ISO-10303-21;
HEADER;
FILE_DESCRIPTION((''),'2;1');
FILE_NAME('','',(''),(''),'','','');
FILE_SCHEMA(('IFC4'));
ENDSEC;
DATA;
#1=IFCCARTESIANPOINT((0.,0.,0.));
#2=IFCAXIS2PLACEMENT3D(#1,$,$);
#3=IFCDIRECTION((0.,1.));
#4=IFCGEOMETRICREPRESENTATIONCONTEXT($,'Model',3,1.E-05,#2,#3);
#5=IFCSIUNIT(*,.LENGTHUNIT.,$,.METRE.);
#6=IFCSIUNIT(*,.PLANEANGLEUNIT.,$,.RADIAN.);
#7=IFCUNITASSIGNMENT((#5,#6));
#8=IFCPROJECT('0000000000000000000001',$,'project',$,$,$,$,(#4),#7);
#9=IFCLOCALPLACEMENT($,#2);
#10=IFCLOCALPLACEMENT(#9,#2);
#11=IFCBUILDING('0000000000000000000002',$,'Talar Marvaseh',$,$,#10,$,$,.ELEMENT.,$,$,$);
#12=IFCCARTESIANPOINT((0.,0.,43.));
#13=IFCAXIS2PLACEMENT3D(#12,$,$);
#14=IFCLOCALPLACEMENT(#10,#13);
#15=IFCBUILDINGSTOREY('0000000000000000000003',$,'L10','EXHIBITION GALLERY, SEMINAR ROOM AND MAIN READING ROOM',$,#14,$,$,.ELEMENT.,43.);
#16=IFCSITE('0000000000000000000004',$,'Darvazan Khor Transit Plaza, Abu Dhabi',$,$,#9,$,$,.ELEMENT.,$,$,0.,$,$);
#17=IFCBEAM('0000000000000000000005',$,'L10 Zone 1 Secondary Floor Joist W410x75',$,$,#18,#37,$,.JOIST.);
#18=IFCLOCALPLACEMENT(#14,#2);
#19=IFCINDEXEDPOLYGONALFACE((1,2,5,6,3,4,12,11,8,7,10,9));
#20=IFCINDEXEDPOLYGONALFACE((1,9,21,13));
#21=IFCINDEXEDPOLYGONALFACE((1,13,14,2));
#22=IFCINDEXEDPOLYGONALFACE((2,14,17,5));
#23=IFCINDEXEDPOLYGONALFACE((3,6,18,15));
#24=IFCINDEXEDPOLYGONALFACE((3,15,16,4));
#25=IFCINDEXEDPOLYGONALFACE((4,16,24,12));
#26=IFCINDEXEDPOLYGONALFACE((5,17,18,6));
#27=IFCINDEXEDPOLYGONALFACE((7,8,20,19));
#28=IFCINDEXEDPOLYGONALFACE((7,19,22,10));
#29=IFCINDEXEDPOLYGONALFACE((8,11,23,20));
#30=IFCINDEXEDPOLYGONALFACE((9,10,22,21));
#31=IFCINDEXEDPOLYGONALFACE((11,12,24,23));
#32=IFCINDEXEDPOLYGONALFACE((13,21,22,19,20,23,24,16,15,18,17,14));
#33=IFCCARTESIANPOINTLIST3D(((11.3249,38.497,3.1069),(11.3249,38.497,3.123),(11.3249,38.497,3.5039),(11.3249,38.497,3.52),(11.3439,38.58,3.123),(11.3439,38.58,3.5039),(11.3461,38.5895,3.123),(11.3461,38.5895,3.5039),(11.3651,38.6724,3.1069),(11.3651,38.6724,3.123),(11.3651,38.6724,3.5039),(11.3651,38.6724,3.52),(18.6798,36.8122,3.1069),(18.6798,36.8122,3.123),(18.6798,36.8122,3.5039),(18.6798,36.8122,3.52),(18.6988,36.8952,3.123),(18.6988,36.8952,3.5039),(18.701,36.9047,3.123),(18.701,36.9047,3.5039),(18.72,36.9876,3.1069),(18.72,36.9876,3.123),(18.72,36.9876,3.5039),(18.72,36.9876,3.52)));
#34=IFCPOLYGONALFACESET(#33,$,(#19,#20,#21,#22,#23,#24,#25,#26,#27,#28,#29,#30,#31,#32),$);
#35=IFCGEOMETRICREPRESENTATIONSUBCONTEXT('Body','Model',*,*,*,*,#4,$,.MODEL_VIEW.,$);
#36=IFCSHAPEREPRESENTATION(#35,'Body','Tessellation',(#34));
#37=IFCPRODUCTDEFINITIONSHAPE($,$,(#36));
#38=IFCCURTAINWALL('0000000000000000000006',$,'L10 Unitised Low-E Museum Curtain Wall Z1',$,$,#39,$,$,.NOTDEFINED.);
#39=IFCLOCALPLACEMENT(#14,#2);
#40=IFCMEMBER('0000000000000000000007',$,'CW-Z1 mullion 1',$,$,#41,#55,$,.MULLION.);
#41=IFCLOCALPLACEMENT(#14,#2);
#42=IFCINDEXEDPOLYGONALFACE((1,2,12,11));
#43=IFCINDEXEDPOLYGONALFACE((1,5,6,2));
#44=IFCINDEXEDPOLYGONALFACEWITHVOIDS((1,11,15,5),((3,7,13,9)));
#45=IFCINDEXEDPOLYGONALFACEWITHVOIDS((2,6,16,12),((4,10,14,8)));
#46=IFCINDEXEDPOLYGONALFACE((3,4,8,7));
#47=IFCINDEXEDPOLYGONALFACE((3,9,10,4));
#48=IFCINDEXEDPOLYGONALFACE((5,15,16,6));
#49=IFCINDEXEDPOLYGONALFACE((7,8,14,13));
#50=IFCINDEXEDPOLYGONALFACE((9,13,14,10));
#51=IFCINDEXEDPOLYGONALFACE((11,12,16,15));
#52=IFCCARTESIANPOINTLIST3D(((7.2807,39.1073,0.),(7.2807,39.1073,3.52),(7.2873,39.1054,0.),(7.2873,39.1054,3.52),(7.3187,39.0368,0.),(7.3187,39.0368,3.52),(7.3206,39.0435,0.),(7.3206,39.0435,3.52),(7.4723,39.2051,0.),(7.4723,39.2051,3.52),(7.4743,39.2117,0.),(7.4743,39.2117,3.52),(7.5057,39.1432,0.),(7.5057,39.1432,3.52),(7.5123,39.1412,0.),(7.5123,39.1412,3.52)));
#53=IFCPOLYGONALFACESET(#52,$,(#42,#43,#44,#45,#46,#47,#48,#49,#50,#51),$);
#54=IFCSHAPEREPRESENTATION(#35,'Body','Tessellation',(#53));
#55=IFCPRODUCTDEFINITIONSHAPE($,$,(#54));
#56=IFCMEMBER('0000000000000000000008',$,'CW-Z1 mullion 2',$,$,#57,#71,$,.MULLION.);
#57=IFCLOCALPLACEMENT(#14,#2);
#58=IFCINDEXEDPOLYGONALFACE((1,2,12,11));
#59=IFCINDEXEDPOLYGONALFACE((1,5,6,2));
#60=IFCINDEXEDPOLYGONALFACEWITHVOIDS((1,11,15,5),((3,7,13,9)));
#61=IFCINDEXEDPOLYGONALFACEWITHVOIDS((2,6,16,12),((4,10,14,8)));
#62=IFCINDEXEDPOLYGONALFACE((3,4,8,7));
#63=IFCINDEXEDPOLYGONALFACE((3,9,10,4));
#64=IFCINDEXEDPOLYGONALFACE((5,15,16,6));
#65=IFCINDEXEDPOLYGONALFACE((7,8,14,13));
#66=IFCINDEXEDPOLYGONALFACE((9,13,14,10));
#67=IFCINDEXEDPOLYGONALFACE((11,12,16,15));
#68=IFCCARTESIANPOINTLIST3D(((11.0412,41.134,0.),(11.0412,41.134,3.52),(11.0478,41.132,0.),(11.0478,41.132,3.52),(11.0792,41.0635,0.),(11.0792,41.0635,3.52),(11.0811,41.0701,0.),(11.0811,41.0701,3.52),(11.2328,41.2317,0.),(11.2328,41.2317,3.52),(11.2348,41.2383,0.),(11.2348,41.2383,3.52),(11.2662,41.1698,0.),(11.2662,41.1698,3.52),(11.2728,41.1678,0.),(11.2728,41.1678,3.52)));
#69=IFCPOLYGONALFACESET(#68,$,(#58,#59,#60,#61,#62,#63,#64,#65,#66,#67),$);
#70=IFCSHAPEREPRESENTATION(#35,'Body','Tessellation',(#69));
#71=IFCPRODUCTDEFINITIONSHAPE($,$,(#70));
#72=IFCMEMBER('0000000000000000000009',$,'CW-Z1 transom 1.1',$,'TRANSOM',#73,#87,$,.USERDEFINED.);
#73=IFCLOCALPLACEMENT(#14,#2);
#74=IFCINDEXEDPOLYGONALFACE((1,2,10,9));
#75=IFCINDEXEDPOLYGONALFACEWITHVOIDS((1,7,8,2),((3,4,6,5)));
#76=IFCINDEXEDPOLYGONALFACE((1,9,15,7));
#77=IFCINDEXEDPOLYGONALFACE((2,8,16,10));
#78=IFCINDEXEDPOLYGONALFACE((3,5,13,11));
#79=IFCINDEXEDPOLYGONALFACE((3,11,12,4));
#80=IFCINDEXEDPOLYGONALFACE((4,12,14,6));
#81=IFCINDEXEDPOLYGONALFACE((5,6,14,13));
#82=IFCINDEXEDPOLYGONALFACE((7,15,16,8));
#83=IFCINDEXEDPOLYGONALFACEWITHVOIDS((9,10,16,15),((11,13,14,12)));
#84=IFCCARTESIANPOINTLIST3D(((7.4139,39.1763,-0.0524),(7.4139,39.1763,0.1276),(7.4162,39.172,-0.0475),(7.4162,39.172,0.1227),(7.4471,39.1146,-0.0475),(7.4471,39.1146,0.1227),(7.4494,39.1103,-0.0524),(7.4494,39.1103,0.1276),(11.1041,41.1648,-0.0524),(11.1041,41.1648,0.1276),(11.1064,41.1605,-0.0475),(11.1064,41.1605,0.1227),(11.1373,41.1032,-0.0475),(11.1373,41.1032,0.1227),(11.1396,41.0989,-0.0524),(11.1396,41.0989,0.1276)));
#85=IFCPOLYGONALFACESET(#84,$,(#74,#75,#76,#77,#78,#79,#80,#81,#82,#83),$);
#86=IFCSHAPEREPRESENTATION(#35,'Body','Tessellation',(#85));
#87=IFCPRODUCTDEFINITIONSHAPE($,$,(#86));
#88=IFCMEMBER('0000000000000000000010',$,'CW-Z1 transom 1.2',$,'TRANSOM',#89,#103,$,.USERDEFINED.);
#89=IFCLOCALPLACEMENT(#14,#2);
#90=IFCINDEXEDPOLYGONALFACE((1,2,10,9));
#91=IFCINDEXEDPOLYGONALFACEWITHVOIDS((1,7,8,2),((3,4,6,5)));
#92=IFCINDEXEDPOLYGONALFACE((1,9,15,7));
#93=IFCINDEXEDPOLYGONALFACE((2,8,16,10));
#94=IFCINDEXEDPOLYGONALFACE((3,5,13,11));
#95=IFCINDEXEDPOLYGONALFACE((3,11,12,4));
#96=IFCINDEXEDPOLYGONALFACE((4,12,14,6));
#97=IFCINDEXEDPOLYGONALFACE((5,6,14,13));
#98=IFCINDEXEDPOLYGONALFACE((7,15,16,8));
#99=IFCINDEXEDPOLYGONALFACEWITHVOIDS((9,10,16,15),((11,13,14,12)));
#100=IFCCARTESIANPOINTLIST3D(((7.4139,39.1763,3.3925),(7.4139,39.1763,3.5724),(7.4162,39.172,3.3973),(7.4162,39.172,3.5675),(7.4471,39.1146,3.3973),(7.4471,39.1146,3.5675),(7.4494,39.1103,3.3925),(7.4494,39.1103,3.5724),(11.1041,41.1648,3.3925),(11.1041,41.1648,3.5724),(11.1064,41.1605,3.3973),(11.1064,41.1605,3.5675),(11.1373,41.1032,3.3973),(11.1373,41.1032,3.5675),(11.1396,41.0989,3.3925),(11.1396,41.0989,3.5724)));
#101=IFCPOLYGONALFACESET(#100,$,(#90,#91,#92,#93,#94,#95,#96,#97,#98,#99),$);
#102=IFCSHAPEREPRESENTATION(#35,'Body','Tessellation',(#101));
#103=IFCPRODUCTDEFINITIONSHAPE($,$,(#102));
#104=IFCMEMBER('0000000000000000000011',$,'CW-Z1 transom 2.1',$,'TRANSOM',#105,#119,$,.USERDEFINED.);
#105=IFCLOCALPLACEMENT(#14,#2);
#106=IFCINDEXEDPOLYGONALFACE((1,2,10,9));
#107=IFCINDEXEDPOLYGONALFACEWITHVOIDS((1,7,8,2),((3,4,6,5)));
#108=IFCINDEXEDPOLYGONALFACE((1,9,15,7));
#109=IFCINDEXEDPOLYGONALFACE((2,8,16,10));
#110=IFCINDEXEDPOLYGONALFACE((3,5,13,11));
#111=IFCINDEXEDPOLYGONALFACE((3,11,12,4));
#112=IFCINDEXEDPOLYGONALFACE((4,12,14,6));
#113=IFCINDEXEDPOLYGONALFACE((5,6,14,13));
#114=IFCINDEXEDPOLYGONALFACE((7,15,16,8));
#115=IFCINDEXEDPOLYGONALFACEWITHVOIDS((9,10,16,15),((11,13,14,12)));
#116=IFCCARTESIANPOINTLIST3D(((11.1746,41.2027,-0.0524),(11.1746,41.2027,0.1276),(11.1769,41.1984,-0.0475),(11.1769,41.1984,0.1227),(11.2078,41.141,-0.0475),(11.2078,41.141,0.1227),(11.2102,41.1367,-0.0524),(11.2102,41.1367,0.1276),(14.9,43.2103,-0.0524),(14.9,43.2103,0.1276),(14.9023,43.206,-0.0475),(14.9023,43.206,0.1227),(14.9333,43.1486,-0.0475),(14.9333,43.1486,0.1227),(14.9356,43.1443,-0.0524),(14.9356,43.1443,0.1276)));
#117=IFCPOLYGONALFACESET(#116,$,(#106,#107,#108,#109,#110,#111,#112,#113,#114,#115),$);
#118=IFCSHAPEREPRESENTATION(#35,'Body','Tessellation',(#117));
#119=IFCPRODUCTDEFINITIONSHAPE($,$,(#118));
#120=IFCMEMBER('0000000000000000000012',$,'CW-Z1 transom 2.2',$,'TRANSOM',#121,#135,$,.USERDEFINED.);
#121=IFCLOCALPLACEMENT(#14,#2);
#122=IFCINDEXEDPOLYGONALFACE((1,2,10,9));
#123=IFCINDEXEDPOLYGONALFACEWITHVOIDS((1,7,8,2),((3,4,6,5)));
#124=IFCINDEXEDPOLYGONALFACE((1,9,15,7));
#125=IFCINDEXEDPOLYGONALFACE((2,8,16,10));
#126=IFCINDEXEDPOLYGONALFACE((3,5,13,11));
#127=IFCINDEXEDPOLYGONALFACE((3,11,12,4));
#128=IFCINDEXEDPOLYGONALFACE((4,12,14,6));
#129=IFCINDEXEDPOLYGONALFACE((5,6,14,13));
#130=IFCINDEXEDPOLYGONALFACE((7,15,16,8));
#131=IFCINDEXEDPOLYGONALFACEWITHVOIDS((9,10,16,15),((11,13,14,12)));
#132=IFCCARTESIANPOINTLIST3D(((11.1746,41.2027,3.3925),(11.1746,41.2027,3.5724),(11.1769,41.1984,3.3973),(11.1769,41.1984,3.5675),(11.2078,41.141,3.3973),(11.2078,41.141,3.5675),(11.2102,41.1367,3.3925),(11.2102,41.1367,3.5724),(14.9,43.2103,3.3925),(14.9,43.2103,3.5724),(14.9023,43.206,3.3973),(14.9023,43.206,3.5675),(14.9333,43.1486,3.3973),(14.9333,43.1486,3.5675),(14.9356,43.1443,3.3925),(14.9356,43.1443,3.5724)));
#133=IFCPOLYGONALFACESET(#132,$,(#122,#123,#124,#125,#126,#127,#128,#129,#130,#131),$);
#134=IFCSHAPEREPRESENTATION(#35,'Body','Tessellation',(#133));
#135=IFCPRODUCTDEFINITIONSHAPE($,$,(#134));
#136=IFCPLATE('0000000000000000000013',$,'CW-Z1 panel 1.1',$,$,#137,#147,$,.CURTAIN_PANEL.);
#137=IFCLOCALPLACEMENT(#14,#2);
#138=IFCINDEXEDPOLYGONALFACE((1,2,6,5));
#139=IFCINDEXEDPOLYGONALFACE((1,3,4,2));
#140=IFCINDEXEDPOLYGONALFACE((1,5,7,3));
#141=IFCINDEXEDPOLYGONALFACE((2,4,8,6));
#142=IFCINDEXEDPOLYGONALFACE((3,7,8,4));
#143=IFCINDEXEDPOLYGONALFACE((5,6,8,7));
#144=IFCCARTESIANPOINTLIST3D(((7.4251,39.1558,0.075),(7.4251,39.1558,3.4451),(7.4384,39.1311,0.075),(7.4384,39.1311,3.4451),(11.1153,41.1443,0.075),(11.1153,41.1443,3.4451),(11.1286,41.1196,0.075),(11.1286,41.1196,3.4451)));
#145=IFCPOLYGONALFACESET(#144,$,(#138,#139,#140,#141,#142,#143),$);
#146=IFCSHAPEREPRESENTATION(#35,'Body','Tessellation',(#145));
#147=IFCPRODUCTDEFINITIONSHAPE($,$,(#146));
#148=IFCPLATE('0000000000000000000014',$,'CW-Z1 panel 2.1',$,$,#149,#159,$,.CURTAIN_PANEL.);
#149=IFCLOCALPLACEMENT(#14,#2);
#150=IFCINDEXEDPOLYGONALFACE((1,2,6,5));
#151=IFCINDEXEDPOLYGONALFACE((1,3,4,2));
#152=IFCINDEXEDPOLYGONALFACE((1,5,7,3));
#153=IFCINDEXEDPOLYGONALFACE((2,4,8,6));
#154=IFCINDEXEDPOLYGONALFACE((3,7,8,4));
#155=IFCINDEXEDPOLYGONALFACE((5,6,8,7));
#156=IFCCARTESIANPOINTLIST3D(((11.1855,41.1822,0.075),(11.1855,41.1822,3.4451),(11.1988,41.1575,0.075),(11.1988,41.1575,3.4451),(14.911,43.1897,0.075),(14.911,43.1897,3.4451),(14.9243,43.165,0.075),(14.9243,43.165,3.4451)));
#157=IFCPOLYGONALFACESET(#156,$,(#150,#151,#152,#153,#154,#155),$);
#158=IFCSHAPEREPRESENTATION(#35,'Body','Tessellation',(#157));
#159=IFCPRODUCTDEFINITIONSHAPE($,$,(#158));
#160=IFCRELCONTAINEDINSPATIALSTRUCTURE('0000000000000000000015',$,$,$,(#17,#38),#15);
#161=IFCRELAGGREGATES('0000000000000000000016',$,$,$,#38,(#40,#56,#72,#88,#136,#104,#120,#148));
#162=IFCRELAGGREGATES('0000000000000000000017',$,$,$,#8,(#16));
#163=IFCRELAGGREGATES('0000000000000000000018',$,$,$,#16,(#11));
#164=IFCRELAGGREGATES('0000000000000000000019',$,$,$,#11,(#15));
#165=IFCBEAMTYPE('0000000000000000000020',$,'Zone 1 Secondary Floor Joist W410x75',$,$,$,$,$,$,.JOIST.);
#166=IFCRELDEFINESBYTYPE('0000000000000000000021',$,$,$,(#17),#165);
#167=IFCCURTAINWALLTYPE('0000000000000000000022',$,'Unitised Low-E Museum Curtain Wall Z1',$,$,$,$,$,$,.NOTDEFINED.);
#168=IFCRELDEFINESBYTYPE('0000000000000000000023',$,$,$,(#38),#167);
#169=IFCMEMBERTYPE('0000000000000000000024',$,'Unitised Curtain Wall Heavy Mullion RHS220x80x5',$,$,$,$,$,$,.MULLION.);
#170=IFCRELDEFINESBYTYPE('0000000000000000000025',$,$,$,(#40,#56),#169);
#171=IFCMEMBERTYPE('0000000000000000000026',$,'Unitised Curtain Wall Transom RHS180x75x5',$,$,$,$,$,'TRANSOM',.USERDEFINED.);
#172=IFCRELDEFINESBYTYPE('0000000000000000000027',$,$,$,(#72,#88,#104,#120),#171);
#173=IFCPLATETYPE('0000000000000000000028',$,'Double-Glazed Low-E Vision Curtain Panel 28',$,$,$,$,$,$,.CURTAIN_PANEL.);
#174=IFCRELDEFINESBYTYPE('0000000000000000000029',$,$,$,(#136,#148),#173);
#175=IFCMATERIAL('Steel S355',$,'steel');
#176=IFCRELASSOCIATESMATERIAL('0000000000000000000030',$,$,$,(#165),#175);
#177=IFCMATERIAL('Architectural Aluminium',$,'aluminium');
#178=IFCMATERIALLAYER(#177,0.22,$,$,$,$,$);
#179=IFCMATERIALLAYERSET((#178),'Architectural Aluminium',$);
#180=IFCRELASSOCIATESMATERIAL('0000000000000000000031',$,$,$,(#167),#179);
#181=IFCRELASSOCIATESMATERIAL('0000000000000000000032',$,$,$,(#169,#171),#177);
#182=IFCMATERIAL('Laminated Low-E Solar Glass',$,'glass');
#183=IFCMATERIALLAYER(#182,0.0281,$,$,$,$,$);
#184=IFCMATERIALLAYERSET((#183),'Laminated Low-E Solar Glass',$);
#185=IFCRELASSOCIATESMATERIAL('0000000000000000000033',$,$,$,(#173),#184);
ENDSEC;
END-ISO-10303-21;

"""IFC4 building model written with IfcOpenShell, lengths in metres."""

from ifc_helpers import new_model, si_unit, direction, frame, origin, origin_2d, place, context, subcontext, project, spatial, rectangle, hollow_rectangle, i_section, extrude, source, transform, mapped, material, layer, layer_set, material_profile, profile_set, type_object, type_shapes, element, aggregate, save


model = new_model("IFC4")

# Units and contexts
model_context = context("Model", 3, precision=1e-05, world=origin(), true_north=direction((0.0, 1.0)))
body_context = subcontext(model_context, "Body", "Model", "MODEL_VIEW")
ifc_project = project(units=[si_unit("LENGTHUNIT", "METRE"), si_unit("PLANEANGLEUNIT", "RADIAN")], contexts=[model_context])

# Site, building, storey
site_placement = place(None, origin())
site = spatial("IfcSite", under=ifc_project, at=site_placement, Name="Darvazan Khor Transit Plaza, Abu Dhabi", CompositionType="ELEMENT", RefElevation=0.0)
building_placement = place(site_placement, origin())
building = spatial("IfcBuilding", under=site, at=building_placement, Name="Talar Marvaseh", CompositionType="ELEMENT")
storey_placement = place(building_placement, frame((0.0, 0.0, 43.0)))
storey = spatial("IfcBuildingStorey", under=building, at=storey_placement, Name="L10", Description="EXHIBITION GALLERY, SEMINAR ROOM AND MAIN READING ROOM", CompositionType="ELEMENT", Elevation=43.0)

# Beam
ifc_material_1 = material(Name="Steel S355", Category="steel")
ifc_material_profile_1 = material_profile(ifc_material_1, i_section(OverallWidth=0.1799, OverallDepth=0.4131, WebThickness=0.0098, FlangeThickness=0.0161, at=origin_2d()), Name="W410x75")
ifc_profile_set_1 = profile_set([ifc_material_profile_1], Name="Steel S355")
beam_type = type_object("IfcBeamType", Name="Zone 1 Secondary Floor Joist W410x75", PredefinedType="JOIST", material=ifc_profile_set_1)
beam_placement = place(storey_placement, frame((11.345, 38.5847, 3.3135), z_axis=(0.974753, -0.223288, 0.0), x_axis=(0.223288, 0.974753, 0.0)))
element("IfcBeam", 1, at=beam_placement, inside=storey, type_object=beam_type, Name="L10 Zone 1 Secondary Floor Joist W410x75", PredefinedType="JOIST", context=body_context, shape_type="SweptSolid", body=[
    extrude(i_section(OverallWidth=0.1799, OverallDepth=0.4131, WebThickness=0.0098, FlangeThickness=0.0161, at=origin_2d()), origin(), (0.0, 0.0, 1.0), 7.5454),
])

# Curtain wall, members, plates
ifc_material_2 = material(Name="Architectural Aluminium", Category="aluminium")
ifc_layer_1 = layer(ifc_material_2, 0.22)
ifc_layer_set_1 = layer_set([ifc_layer_1], Name="Architectural Aluminium")
curtain_wall_type = type_object("IfcCurtainWallType", Name="Unitised Low-E Museum Curtain Wall Z1", PredefinedType="NOTDEFINED", material=ifc_layer_set_1)
curtain_wall_placement = place(storey_placement, origin())
curtain_wall = element("IfcCurtainWall", 2, at=curtain_wall_placement, inside=storey, type_object=curtain_wall_type, Name="L10 Unitised Low-E Museum Curtain Wall Z1", PredefinedType="NOTDEFINED")
ifc_material_profile_2 = material_profile(ifc_material_2, hollow_rectangle(XDim=0.0801, YDim=0.22, WallThickness=0.0049, at=origin_2d()), Name="RHS220x80x5")
ifc_profile_set_2 = profile_set([ifc_material_profile_2], Name="Architectural Aluminium")
member_type_1 = type_object("IfcMemberType", Name="Unitised Curtain Wall Heavy Mullion RHS220x80x5", PredefinedType="MULLION", material=ifc_profile_set_2)
shared_shape_1 = source(origin(), body_context, "Body", "SweptSolid", [
    extrude(hollow_rectangle(XDim=0.0801, YDim=0.22, WallThickness=0.0049, at=origin_2d()), origin(), (0.0, 0.0, 1.0), 3.52),
])
type_shapes(member_type_1, [shared_shape_1])
member_1_placement = place(storey_placement, frame((7.3965, 39.1243, 0.0), z_axis=(0.0, 0.0, 1.0), x_axis=(-0.474364, 0.880329, 0.0)))
member_1 = element("IfcMember", 3, at=member_1_placement, type_object=member_type_1, Name="CW-Z1 mullion 1", PredefinedType="MULLION", context=body_context, shape_type="MappedRepresentation", body=[
    mapped(shared_shape_1, transform((0.0, 0.0, 0.0), x_axis=(1.0, 0.0, 0.0), y_axis=(0.0, 1.0, 0.0), z_axis=(0.0, 0.0, 1.0), scale=1.0)),
])
member_2_placement = place(storey_placement, frame((11.157, 41.1509, 0.0), z_axis=(0.0, 0.0, 1.0), x_axis=(-0.474364, 0.880329, 0.0)))
member_2 = element("IfcMember", 4, at=member_2_placement, type_object=member_type_1, Name="CW-Z1 mullion 2", PredefinedType="MULLION", context=body_context, shape_type="MappedRepresentation", body=[
    mapped(shared_shape_1, transform((0.0, 0.0, 0.0), x_axis=(1.0, 0.0, 0.0), y_axis=(0.0, 1.0, 0.0), z_axis=(0.0, 0.0, 1.0), scale=1.0)),
])
ifc_material_profile_3 = material_profile(ifc_material_2, hollow_rectangle(XDim=0.075, YDim=0.1799, WallThickness=0.0049, at=origin_2d()), Name="RHS180x75x5")
ifc_profile_set_3 = profile_set([ifc_material_profile_3], Name="Architectural Aluminium")
member_type_2 = type_object("IfcMemberType", Name="Unitised Curtain Wall Transom RHS180x75x5", ElementType="TRANSOM", PredefinedType="USERDEFINED", material=ifc_profile_set_3)
shared_shape_2 = source(origin(), body_context, "Body", "SweptSolid", [
    extrude(hollow_rectangle(XDim=0.075, YDim=0.1799, WallThickness=0.0049, at=origin_2d()), origin(), (0.0, 0.0, 1.0), 4.1919),
])
member_3_placement = place(storey_placement, frame((7.4316, 39.1433, 0.0376), z_axis=(0.880321, 0.474378, 0.0), x_axis=(-0.474378, 0.880321, 0.0)))
member_3 = element("IfcMember", 5, at=member_3_placement, type_object=member_type_2, Name="CW-Z1 transom 1.1", ObjectType="TRANSOM", PredefinedType="USERDEFINED", context=body_context, shape_type="MappedRepresentation", body=[
    mapped(shared_shape_2, transform((0.0, 0.0, 0.0), x_axis=(1.0, 0.0, 0.0), y_axis=(0.0, 1.0, 0.0), z_axis=(0.0, 0.0, 1.0), scale=1.0)),
])
member_4_placement = place(storey_placement, frame((7.4316, 39.1433, 3.4824), z_axis=(0.880321, 0.474378, 0.0), x_axis=(-0.474378, 0.880321, 0.0)))
member_4 = element("IfcMember", 6, at=member_4_placement, type_object=member_type_2, Name="CW-Z1 transom 1.2", ObjectType="TRANSOM", PredefinedType="USERDEFINED", context=body_context, shape_type="MappedRepresentation", body=[
    mapped(shared_shape_2, transform((0.0, 0.0, 0.0), x_axis=(1.0, 0.0, 0.0), y_axis=(0.0, 1.0, 0.0), z_axis=(0.0, 0.0, 1.0), scale=1.0)),
])
shared_shape_3 = source(origin(), body_context, "Body", "SweptSolid", [
    extrude(hollow_rectangle(XDim=0.075, YDim=0.1799, WallThickness=0.0049, at=origin_2d()), origin(), (0.0, 0.0, 1.0), 4.2319),
])
type_shapes(member_type_2, [shared_shape_2, shared_shape_3])
member_5_placement = place(storey_placement, frame((11.1924, 41.1697, 0.0376), z_axis=(0.880312, 0.474396, 0.0), x_axis=(-0.474396, 0.880312, 0.0)))
member_5 = element("IfcMember", 7, at=member_5_placement, type_object=member_type_2, Name="CW-Z1 transom 2.1", ObjectType="TRANSOM", PredefinedType="USERDEFINED", context=body_context, shape_type="MappedRepresentation", body=[
    mapped(shared_shape_3, transform((0.0, 0.0, 0.0), x_axis=(1.0, 0.0, 0.0), y_axis=(0.0, 1.0, 0.0), z_axis=(0.0, 0.0, 1.0), scale=1.0)),
])
member_6_placement = place(storey_placement, frame((11.1924, 41.1697, 3.4824), z_axis=(0.880312, 0.474396, 0.0), x_axis=(-0.474396, 0.880312, 0.0)))
member_6 = element("IfcMember", 8, at=member_6_placement, type_object=member_type_2, Name="CW-Z1 transom 2.2", ObjectType="TRANSOM", PredefinedType="USERDEFINED", context=body_context, shape_type="MappedRepresentation", body=[
    mapped(shared_shape_3, transform((0.0, 0.0, 0.0), x_axis=(1.0, 0.0, 0.0), y_axis=(0.0, 1.0, 0.0), z_axis=(0.0, 0.0, 1.0), scale=1.0)),
])
ifc_material_3 = material(Name="Laminated Low-E Solar Glass", Category="glass")
ifc_layer_2 = layer(ifc_material_3, 0.0281)
ifc_layer_set_2 = layer_set([ifc_layer_2], Name="Laminated Low-E Solar Glass")
plate_type = type_object("IfcPlateType", Name="Double-Glazed Low-E Vision Curtain Panel 28", PredefinedType="CURTAIN_PANEL", material=ifc_layer_set_2)
shared_shape_4 = source(origin(), body_context, "Body", "SweptSolid", [
    extrude(rectangle(XDim=4.1919, YDim=0.0281, at=origin_2d()), origin(), (0.0, 0.0, 1.0), 3.3701),
])
plate_1_placement = place(storey_placement, frame((9.2769, 40.1377, 0.075), z_axis=(0.0, 0.0, 1.0), x_axis=(0.880329, 0.474364, 0.0)))
plate_1 = element("IfcPlate", 9, at=plate_1_placement, type_object=plate_type, Name="CW-Z1 panel 1.1", PredefinedType="CURTAIN_PANEL", context=body_context, shape_type="MappedRepresentation", body=[
    mapped(shared_shape_4, transform((0.0, 0.0, 0.0), x_axis=(1.0, 0.0, 0.0), y_axis=(0.0, 1.0, 0.0), z_axis=(0.0, 0.0, 1.0), scale=1.0)),
])
shared_shape_5 = source(origin(), body_context, "Body", "SweptSolid", [
    extrude(rectangle(XDim=4.2319, YDim=0.0281, at=origin_2d()), origin(), (0.0, 0.0, 1.0), 3.3701),
])
type_shapes(plate_type, [shared_shape_4, shared_shape_5])
plate_2_placement = place(storey_placement, frame((13.0549, 42.1736, 0.075), z_axis=(0.0, 0.0, 1.0), x_axis=(0.880329, 0.474364, 0.0)))
plate_2 = element("IfcPlate", 10, at=plate_2_placement, type_object=plate_type, Name="CW-Z1 panel 2.1", PredefinedType="CURTAIN_PANEL", context=body_context, shape_type="MappedRepresentation", body=[
    mapped(shared_shape_5, transform((0.0, 0.0, 0.0), x_axis=(1.0, 0.0, 0.0), y_axis=(0.0, 1.0, 0.0), z_axis=(0.0, 0.0, 1.0), scale=1.0)),
])
aggregate(curtain_wall, [member_1, member_2, member_3, member_4, plate_1, member_5, member_6, plate_2])

save(model, "model.ifc")
